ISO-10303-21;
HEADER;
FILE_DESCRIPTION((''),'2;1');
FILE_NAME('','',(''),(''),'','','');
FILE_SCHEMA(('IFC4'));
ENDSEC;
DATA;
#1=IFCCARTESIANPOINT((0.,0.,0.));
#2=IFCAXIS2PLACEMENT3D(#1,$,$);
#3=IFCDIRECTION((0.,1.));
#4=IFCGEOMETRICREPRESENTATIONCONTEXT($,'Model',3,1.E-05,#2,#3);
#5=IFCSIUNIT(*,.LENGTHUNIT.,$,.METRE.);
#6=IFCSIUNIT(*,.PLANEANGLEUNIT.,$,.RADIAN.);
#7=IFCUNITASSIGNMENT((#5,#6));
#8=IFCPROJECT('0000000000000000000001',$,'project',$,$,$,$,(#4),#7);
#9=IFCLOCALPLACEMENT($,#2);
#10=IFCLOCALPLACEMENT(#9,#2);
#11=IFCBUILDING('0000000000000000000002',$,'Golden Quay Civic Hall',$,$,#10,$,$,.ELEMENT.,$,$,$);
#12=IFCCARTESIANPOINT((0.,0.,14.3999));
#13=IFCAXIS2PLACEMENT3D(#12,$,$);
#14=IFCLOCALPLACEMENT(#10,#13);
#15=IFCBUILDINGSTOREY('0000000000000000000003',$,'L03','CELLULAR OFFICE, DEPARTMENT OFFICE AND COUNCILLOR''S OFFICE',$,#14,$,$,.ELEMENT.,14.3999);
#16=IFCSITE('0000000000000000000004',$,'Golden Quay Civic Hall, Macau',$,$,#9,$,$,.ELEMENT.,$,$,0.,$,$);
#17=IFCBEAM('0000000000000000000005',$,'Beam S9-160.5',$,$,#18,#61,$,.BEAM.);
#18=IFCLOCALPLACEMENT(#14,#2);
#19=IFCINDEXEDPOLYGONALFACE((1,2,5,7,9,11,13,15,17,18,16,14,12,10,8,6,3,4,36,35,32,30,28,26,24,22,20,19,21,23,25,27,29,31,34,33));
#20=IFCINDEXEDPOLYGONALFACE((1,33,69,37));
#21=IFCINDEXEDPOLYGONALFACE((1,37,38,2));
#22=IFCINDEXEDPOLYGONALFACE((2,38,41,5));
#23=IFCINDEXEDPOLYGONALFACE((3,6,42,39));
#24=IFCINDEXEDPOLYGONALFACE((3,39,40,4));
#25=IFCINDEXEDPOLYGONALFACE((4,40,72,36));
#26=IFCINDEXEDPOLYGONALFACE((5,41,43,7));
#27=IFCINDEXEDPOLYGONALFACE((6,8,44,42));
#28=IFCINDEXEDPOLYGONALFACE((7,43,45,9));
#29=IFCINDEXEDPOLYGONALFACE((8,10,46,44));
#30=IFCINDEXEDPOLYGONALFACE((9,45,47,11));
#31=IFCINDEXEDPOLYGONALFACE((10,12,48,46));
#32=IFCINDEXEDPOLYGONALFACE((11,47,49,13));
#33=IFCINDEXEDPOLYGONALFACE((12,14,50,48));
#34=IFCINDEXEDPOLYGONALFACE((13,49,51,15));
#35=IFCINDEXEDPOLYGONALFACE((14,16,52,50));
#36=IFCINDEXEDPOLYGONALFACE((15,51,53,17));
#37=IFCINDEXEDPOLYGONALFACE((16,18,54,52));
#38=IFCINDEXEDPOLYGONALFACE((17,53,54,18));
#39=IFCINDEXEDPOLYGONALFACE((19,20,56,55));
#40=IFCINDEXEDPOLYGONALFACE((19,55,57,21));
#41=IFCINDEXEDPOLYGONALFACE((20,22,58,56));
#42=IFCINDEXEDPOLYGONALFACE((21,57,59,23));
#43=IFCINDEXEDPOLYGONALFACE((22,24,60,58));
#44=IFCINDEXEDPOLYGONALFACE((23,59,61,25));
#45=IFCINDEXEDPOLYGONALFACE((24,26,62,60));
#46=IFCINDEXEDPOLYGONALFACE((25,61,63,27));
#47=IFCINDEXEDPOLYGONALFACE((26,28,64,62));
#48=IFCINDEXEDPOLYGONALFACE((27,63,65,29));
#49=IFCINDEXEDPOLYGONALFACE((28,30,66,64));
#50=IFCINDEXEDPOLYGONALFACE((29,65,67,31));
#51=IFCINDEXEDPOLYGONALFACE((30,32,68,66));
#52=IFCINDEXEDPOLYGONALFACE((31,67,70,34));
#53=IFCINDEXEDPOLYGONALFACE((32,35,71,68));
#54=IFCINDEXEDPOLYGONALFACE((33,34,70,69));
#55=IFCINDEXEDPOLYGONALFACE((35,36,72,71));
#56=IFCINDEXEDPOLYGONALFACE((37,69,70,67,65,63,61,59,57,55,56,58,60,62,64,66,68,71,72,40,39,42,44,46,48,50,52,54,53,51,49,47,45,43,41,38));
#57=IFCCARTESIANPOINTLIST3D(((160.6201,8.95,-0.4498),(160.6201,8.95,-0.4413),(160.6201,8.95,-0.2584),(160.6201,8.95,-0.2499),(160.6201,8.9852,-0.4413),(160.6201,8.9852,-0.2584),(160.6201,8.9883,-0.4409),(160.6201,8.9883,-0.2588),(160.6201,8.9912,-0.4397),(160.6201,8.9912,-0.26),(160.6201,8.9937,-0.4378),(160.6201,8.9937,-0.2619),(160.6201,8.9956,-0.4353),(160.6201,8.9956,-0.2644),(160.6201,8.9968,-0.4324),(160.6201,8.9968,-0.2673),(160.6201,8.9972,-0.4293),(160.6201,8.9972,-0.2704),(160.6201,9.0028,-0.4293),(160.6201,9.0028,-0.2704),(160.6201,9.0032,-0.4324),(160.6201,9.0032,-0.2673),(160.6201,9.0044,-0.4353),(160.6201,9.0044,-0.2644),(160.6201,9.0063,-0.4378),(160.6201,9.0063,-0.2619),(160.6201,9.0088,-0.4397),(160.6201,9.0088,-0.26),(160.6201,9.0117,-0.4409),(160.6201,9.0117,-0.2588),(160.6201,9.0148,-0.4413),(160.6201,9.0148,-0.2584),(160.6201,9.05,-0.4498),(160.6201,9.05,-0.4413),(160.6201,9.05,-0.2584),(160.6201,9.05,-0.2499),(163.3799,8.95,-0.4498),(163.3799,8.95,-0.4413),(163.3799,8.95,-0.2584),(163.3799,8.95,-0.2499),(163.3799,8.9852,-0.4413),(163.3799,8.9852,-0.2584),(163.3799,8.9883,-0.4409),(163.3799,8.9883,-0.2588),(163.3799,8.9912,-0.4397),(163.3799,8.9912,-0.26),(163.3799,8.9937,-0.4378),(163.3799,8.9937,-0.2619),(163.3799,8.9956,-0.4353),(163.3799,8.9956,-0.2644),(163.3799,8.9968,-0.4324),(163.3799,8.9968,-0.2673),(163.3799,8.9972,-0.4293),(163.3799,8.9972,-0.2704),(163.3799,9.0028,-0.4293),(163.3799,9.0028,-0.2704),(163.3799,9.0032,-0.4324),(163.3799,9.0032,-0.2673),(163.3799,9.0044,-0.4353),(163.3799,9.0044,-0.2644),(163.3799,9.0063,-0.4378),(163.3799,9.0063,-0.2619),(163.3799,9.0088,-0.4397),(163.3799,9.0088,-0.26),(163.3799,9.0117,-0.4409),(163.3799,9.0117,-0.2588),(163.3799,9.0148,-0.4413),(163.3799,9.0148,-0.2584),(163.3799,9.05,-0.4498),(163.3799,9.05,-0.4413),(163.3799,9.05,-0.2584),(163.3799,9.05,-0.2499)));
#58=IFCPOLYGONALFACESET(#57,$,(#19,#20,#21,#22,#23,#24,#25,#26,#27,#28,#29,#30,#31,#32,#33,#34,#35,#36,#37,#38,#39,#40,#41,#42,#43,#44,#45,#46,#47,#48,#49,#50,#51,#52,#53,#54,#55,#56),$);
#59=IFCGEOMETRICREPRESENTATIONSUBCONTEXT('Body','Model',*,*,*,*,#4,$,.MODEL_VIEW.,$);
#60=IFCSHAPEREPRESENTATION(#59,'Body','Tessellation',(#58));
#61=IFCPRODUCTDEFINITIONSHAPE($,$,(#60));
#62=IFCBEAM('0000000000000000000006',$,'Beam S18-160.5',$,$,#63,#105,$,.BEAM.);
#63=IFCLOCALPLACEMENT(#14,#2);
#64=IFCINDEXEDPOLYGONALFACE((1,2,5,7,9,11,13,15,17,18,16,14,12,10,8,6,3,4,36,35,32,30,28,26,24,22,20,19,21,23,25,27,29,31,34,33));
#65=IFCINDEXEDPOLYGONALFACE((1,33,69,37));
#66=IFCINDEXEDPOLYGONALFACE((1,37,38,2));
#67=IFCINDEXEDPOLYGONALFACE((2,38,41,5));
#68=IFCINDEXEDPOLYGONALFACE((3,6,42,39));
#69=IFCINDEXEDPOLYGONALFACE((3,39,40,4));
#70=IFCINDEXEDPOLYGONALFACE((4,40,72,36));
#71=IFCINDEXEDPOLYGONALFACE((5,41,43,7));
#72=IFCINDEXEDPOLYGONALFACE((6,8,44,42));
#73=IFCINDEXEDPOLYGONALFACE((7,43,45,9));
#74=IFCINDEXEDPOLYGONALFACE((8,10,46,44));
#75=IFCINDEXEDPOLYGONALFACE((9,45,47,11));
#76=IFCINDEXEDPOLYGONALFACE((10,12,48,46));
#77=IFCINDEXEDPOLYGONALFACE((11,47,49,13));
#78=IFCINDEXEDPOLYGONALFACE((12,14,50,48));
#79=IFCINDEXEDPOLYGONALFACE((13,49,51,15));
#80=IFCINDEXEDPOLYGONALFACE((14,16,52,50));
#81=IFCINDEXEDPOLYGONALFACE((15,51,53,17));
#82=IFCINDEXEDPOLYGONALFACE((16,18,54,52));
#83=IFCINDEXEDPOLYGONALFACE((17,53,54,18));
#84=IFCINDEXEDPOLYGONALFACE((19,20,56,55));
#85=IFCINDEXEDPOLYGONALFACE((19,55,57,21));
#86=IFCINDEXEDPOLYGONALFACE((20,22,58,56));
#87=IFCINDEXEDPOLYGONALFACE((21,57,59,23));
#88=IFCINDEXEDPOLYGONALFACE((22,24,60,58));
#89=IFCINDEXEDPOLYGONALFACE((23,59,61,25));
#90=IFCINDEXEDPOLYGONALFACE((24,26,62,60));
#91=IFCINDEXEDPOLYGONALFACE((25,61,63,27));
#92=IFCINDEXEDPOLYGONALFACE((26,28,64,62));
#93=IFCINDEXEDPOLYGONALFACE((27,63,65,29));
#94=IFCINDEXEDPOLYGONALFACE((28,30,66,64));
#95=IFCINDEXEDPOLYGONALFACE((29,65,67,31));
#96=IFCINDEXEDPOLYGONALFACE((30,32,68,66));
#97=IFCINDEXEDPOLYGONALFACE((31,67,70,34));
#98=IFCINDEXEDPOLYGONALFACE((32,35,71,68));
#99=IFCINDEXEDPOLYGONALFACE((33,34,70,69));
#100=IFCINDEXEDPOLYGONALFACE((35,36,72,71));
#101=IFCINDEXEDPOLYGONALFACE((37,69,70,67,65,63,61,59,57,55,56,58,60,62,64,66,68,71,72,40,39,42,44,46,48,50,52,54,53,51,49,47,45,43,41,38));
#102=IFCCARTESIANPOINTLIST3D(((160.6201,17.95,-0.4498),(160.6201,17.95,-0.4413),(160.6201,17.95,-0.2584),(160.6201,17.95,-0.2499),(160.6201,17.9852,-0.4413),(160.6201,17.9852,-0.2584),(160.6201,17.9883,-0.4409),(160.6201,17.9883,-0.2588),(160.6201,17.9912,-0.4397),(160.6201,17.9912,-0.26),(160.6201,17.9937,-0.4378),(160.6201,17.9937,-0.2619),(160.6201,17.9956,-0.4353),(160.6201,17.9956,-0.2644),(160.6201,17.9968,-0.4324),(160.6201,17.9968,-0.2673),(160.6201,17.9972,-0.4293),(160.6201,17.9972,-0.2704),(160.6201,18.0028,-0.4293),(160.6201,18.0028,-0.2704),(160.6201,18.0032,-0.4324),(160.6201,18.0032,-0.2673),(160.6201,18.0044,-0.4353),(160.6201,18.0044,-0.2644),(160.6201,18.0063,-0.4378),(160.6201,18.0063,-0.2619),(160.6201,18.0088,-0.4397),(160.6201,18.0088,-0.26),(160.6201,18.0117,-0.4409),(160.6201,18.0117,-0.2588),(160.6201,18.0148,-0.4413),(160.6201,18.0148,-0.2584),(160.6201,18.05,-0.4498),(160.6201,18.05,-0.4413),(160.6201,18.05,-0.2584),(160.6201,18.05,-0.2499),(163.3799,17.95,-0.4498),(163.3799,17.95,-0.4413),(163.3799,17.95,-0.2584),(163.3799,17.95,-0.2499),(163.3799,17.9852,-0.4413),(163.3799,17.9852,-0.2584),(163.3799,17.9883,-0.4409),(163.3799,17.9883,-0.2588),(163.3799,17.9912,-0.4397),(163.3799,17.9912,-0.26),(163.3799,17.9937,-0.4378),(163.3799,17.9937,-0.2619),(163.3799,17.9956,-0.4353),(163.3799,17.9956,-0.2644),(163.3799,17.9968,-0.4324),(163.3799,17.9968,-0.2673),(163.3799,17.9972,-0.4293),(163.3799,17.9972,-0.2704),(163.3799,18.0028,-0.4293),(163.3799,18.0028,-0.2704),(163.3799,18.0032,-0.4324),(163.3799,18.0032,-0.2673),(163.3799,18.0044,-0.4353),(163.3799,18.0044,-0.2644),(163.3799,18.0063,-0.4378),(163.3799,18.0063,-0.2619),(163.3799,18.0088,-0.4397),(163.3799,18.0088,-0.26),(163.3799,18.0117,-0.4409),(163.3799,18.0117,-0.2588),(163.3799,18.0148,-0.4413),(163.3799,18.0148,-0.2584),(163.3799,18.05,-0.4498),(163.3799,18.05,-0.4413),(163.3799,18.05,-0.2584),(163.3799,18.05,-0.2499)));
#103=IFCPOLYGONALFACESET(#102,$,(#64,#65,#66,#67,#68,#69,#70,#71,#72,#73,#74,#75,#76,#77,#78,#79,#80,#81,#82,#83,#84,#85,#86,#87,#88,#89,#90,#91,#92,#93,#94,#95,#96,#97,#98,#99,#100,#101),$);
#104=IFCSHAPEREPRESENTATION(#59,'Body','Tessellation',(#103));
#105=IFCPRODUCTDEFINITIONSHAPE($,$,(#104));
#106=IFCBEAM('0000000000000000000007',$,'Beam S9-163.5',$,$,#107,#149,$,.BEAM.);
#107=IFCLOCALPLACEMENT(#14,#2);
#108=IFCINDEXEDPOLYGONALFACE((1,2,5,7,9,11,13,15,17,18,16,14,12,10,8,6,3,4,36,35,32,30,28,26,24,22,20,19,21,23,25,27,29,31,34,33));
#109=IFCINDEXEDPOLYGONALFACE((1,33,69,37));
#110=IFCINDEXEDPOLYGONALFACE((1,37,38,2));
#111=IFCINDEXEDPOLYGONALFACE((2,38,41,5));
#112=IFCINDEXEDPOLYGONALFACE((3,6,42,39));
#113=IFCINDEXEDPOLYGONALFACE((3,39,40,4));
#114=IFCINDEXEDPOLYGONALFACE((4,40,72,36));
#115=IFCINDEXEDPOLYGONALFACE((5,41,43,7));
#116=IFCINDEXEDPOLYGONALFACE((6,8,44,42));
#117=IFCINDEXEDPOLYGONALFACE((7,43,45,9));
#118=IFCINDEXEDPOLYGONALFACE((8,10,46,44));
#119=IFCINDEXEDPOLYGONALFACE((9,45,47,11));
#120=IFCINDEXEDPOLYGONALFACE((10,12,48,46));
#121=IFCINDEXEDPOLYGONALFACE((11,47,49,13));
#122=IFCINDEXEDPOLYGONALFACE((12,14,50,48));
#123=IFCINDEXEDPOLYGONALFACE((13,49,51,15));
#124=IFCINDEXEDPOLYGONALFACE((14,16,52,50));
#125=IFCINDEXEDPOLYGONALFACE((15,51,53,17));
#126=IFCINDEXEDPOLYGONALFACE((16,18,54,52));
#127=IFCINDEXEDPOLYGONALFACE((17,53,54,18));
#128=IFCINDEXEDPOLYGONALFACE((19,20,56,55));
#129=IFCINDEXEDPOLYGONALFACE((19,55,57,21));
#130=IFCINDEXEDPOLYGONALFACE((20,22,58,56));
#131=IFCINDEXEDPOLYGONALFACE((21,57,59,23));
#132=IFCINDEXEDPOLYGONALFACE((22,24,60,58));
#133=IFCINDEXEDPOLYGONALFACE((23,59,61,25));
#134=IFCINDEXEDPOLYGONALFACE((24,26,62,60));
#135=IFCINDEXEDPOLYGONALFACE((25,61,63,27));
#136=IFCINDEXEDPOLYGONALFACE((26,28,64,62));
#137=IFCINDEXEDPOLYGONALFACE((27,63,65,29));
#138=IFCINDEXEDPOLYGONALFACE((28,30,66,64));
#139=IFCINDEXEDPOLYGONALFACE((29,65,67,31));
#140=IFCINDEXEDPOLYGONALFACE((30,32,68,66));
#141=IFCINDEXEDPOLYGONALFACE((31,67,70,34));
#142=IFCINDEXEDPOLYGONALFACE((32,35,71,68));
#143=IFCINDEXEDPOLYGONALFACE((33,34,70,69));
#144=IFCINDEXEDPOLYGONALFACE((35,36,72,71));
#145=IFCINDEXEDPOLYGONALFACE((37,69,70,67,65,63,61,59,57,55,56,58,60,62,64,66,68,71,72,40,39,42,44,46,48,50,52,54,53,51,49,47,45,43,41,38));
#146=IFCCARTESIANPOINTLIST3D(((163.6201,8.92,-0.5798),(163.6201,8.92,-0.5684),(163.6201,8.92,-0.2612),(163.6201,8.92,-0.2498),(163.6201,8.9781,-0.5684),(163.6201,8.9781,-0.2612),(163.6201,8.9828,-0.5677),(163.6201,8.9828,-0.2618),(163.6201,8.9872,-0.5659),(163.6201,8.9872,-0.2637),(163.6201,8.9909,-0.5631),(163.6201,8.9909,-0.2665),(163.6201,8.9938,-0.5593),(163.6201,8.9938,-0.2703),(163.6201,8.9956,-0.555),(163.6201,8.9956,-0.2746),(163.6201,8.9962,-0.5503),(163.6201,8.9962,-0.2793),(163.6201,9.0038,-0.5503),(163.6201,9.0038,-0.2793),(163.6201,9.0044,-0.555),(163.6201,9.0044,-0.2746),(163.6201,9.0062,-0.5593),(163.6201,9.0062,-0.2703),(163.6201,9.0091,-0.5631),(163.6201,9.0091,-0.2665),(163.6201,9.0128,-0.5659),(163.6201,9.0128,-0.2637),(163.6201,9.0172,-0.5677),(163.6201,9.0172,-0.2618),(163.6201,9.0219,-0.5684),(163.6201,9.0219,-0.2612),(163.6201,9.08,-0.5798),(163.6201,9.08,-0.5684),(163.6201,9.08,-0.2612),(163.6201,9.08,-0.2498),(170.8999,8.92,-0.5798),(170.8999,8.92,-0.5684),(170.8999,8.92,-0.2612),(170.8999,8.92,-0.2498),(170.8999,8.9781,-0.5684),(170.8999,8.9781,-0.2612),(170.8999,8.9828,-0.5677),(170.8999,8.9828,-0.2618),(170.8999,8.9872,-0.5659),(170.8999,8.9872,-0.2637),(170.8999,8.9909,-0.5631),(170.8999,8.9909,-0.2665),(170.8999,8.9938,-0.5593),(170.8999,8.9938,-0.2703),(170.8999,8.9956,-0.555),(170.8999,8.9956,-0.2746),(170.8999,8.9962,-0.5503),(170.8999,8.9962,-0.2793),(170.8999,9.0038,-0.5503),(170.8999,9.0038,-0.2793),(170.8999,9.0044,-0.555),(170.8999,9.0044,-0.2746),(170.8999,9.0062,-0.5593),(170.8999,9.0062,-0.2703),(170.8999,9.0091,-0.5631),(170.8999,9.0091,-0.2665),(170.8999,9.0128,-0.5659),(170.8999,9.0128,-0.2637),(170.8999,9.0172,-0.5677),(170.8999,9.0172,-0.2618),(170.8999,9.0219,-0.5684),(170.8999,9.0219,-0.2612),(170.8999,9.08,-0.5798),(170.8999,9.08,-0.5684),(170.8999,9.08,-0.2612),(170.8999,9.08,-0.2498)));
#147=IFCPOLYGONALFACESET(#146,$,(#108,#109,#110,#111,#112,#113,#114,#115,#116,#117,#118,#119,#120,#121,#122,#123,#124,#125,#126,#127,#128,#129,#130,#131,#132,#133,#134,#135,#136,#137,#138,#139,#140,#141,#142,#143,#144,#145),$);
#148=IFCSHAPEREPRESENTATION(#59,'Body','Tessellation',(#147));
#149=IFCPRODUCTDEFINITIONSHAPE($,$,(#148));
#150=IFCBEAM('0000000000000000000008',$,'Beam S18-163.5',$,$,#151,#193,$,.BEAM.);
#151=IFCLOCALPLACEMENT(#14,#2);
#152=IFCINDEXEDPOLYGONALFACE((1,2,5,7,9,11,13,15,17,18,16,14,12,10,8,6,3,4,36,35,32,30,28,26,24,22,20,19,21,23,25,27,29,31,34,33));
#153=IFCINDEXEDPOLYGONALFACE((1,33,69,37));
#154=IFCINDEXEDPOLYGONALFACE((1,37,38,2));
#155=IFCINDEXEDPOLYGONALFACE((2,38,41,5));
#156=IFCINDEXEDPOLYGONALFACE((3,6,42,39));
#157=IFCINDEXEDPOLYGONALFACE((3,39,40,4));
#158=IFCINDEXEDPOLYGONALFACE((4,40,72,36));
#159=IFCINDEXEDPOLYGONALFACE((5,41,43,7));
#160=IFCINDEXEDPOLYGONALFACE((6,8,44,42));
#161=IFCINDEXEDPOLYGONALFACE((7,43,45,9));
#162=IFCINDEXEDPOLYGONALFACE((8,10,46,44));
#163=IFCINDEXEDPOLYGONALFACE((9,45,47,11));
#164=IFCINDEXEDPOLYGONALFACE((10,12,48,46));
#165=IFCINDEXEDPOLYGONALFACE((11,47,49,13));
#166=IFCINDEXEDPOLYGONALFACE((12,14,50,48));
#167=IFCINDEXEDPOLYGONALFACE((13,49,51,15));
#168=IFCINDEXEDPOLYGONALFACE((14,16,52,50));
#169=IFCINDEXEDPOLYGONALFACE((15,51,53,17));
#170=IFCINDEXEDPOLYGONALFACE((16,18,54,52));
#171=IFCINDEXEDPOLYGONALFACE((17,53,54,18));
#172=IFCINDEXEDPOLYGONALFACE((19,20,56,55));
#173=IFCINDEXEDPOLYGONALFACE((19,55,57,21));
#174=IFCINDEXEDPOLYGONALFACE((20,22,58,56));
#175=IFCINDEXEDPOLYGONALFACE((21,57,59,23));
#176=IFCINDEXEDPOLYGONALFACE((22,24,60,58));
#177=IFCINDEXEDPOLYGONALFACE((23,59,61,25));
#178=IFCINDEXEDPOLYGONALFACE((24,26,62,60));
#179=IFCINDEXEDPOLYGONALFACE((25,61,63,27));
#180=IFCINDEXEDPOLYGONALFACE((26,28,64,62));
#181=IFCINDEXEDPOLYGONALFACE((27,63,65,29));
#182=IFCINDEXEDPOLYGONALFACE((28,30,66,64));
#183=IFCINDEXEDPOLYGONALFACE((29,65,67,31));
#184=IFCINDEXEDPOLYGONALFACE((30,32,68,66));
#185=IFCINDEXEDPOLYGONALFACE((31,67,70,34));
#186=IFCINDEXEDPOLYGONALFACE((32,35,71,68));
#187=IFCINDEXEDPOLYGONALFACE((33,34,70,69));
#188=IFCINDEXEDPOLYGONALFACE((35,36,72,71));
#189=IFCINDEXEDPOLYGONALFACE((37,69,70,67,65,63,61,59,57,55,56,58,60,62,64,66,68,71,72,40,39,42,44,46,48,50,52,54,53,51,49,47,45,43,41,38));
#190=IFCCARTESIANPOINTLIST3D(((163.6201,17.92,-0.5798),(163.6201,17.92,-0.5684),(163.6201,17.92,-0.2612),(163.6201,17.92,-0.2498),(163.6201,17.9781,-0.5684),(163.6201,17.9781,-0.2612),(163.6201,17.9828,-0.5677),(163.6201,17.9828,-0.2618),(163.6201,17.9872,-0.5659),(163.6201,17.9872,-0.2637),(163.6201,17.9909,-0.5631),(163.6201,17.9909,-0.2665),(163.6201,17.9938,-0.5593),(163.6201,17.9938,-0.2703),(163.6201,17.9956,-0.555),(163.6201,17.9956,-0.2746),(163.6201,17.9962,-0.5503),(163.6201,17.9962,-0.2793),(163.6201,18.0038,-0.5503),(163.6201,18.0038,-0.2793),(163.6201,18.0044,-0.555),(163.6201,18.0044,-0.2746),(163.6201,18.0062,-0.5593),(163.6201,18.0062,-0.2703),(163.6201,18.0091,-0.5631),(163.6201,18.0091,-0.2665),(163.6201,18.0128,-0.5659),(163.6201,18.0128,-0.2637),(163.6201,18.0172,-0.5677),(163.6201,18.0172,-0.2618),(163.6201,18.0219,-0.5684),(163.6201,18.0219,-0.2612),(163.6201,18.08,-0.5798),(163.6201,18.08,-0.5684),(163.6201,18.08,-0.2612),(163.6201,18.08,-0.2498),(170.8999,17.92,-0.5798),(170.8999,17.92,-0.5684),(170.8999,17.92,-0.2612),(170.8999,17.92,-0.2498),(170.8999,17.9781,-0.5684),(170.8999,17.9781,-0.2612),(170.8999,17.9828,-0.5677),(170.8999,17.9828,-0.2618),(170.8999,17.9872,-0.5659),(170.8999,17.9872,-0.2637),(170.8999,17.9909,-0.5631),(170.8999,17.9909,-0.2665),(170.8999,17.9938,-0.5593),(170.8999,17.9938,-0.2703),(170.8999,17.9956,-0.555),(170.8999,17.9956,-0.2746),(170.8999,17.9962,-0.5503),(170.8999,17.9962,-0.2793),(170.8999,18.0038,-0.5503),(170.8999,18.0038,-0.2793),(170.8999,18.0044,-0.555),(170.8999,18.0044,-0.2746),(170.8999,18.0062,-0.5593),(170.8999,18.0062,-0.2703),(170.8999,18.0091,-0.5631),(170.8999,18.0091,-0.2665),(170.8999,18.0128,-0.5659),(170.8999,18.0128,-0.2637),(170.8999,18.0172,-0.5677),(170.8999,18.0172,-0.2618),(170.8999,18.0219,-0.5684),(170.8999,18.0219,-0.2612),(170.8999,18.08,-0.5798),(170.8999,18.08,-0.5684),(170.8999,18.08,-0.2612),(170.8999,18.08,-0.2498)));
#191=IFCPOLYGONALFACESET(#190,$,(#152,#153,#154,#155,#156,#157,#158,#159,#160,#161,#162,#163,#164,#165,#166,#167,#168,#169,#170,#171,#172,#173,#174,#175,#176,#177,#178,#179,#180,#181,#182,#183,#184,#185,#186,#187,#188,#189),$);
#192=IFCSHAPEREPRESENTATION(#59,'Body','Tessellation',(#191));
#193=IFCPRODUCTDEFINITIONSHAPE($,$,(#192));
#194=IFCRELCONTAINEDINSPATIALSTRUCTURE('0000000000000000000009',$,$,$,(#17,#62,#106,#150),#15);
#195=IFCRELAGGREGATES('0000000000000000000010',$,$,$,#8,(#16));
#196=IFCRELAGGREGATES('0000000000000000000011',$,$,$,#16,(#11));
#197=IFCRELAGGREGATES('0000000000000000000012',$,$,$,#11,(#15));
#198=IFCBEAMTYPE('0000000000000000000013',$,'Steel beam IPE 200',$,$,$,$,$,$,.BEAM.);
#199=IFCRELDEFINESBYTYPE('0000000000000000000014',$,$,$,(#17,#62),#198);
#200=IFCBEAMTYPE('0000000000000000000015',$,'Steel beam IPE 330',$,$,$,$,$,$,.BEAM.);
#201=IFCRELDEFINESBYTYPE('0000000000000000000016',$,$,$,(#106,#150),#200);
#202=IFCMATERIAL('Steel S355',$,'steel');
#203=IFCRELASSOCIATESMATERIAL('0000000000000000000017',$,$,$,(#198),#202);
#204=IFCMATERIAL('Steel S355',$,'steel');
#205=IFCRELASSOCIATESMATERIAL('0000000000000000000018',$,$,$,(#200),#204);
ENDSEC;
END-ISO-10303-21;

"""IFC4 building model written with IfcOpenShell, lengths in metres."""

from ifc_helpers import new_model, si_unit, direction, frame, origin, origin_2d, place, context, subcontext, project, spatial, i_section, extrude, material, material_profile, profile_set, type_object, element, save


model = new_model("IFC4")

# Units and contexts
model_context = context("Model", 3, precision=1e-05, world=origin(), true_north=direction((0.0, 1.0)))
body_context = subcontext(model_context, "Body", "Model", "MODEL_VIEW")
ifc_project = project(units=[si_unit("LENGTHUNIT", "METRE"), si_unit("PLANEANGLEUNIT", "RADIAN")], contexts=[model_context])

# Site, building, storey
site_placement = place(None, origin())
site = spatial("IfcSite", under=ifc_project, at=site_placement, Name="Golden Quay Civic Hall, Macau", CompositionType="ELEMENT", RefElevation=0.0)
building_placement = place(site_placement, origin())
building = spatial("IfcBuilding", under=site, at=building_placement, Name="Golden Quay Civic Hall", CompositionType="ELEMENT")
storey_placement = place(building_placement, frame((0.0, 0.0, 14.3999)))
storey = spatial("IfcBuildingStorey", under=building, at=storey_placement, Name="L03", Description="CELLULAR OFFICE, DEPARTMENT OFFICE AND COUNCILLOR'S OFFICE", CompositionType="ELEMENT", Elevation=14.3999)

# Beams
ifc_material_1 = material(Name="Steel S355", Category="steel")
ifc_material_profile_1 = material_profile(ifc_material_1, i_section(OverallWidth=0.1001, OverallDepth=0.2, WebThickness=0.0056, FlangeThickness=0.0085, FilletRadius=0.012, at=origin_2d()), Name="IPE 200")
ifc_profile_set_1 = profile_set([ifc_material_profile_1], Name="Steel S355")
beam_type_1 = type_object("IfcBeamType", Name="Steel beam IPE 200", PredefinedType="BEAM", material=ifc_profile_set_1)
for number, where, z_axis, x_axis, name in (
    (1, (160.6201, 9.0, -0.3499), (1.0, 0.0, 0.0), (0.0, 1.0, 0.0), "Beam S9-160.5"),
    (2, (160.6201, 18.0, -0.3499), (1.0, 0.0, 0.0), (0.0, 1.0, 0.0), "Beam S18-160.5"),
):
    element("IfcBeam", number, at=place(storey_placement, frame(where, z_axis=z_axis, x_axis=x_axis)), inside=storey, type_object=beam_type_1, Name=name, PredefinedType="BEAM", context=body_context, shape_type="SweptSolid", body=[
        extrude(i_section(OverallWidth=0.1001, OverallDepth=0.2, WebThickness=0.0056, FlangeThickness=0.0085, FilletRadius=0.012, at=origin_2d()), origin(), (0.0, 0.0, 1.0), 2.7598),
    ])
ifc_material_2 = material(Name="Steel S355", Category="steel")
ifc_material_profile_2 = material_profile(ifc_material_2, i_section(OverallWidth=0.1599, OverallDepth=0.3301, WebThickness=0.0076, FlangeThickness=0.0115, FilletRadius=0.0181, at=origin_2d()), Name="IPE 330")
ifc_profile_set_2 = profile_set([ifc_material_profile_2], Name="Steel S355")
beam_type_2 = type_object("IfcBeamType", Name="Steel beam IPE 330", PredefinedType="BEAM", material=ifc_profile_set_2)
for number, where, z_axis, x_axis, name in (
    (3, (163.6201, 9.0, -0.4148), (1.0, 0.0, 0.0), (0.0, 1.0, 0.0), "Beam S9-163.5"),
    (4, (163.6201, 18.0, -0.4148), (1.0, 0.0, 0.0), (0.0, 1.0, 0.0), "Beam S18-163.5"),
):
    element("IfcBeam", number, at=place(storey_placement, frame(where, z_axis=z_axis, x_axis=x_axis)), inside=storey, type_object=beam_type_2, Name=name, PredefinedType="BEAM", context=body_context, shape_type="SweptSolid", body=[
        extrude(i_section(OverallWidth=0.1599, OverallDepth=0.3301, WebThickness=0.0076, FlangeThickness=0.0115, FilletRadius=0.0181, at=origin_2d()), origin(), (0.0, 0.0, 1.0), 7.2798),
    ])

save(model, "model.ifc")
